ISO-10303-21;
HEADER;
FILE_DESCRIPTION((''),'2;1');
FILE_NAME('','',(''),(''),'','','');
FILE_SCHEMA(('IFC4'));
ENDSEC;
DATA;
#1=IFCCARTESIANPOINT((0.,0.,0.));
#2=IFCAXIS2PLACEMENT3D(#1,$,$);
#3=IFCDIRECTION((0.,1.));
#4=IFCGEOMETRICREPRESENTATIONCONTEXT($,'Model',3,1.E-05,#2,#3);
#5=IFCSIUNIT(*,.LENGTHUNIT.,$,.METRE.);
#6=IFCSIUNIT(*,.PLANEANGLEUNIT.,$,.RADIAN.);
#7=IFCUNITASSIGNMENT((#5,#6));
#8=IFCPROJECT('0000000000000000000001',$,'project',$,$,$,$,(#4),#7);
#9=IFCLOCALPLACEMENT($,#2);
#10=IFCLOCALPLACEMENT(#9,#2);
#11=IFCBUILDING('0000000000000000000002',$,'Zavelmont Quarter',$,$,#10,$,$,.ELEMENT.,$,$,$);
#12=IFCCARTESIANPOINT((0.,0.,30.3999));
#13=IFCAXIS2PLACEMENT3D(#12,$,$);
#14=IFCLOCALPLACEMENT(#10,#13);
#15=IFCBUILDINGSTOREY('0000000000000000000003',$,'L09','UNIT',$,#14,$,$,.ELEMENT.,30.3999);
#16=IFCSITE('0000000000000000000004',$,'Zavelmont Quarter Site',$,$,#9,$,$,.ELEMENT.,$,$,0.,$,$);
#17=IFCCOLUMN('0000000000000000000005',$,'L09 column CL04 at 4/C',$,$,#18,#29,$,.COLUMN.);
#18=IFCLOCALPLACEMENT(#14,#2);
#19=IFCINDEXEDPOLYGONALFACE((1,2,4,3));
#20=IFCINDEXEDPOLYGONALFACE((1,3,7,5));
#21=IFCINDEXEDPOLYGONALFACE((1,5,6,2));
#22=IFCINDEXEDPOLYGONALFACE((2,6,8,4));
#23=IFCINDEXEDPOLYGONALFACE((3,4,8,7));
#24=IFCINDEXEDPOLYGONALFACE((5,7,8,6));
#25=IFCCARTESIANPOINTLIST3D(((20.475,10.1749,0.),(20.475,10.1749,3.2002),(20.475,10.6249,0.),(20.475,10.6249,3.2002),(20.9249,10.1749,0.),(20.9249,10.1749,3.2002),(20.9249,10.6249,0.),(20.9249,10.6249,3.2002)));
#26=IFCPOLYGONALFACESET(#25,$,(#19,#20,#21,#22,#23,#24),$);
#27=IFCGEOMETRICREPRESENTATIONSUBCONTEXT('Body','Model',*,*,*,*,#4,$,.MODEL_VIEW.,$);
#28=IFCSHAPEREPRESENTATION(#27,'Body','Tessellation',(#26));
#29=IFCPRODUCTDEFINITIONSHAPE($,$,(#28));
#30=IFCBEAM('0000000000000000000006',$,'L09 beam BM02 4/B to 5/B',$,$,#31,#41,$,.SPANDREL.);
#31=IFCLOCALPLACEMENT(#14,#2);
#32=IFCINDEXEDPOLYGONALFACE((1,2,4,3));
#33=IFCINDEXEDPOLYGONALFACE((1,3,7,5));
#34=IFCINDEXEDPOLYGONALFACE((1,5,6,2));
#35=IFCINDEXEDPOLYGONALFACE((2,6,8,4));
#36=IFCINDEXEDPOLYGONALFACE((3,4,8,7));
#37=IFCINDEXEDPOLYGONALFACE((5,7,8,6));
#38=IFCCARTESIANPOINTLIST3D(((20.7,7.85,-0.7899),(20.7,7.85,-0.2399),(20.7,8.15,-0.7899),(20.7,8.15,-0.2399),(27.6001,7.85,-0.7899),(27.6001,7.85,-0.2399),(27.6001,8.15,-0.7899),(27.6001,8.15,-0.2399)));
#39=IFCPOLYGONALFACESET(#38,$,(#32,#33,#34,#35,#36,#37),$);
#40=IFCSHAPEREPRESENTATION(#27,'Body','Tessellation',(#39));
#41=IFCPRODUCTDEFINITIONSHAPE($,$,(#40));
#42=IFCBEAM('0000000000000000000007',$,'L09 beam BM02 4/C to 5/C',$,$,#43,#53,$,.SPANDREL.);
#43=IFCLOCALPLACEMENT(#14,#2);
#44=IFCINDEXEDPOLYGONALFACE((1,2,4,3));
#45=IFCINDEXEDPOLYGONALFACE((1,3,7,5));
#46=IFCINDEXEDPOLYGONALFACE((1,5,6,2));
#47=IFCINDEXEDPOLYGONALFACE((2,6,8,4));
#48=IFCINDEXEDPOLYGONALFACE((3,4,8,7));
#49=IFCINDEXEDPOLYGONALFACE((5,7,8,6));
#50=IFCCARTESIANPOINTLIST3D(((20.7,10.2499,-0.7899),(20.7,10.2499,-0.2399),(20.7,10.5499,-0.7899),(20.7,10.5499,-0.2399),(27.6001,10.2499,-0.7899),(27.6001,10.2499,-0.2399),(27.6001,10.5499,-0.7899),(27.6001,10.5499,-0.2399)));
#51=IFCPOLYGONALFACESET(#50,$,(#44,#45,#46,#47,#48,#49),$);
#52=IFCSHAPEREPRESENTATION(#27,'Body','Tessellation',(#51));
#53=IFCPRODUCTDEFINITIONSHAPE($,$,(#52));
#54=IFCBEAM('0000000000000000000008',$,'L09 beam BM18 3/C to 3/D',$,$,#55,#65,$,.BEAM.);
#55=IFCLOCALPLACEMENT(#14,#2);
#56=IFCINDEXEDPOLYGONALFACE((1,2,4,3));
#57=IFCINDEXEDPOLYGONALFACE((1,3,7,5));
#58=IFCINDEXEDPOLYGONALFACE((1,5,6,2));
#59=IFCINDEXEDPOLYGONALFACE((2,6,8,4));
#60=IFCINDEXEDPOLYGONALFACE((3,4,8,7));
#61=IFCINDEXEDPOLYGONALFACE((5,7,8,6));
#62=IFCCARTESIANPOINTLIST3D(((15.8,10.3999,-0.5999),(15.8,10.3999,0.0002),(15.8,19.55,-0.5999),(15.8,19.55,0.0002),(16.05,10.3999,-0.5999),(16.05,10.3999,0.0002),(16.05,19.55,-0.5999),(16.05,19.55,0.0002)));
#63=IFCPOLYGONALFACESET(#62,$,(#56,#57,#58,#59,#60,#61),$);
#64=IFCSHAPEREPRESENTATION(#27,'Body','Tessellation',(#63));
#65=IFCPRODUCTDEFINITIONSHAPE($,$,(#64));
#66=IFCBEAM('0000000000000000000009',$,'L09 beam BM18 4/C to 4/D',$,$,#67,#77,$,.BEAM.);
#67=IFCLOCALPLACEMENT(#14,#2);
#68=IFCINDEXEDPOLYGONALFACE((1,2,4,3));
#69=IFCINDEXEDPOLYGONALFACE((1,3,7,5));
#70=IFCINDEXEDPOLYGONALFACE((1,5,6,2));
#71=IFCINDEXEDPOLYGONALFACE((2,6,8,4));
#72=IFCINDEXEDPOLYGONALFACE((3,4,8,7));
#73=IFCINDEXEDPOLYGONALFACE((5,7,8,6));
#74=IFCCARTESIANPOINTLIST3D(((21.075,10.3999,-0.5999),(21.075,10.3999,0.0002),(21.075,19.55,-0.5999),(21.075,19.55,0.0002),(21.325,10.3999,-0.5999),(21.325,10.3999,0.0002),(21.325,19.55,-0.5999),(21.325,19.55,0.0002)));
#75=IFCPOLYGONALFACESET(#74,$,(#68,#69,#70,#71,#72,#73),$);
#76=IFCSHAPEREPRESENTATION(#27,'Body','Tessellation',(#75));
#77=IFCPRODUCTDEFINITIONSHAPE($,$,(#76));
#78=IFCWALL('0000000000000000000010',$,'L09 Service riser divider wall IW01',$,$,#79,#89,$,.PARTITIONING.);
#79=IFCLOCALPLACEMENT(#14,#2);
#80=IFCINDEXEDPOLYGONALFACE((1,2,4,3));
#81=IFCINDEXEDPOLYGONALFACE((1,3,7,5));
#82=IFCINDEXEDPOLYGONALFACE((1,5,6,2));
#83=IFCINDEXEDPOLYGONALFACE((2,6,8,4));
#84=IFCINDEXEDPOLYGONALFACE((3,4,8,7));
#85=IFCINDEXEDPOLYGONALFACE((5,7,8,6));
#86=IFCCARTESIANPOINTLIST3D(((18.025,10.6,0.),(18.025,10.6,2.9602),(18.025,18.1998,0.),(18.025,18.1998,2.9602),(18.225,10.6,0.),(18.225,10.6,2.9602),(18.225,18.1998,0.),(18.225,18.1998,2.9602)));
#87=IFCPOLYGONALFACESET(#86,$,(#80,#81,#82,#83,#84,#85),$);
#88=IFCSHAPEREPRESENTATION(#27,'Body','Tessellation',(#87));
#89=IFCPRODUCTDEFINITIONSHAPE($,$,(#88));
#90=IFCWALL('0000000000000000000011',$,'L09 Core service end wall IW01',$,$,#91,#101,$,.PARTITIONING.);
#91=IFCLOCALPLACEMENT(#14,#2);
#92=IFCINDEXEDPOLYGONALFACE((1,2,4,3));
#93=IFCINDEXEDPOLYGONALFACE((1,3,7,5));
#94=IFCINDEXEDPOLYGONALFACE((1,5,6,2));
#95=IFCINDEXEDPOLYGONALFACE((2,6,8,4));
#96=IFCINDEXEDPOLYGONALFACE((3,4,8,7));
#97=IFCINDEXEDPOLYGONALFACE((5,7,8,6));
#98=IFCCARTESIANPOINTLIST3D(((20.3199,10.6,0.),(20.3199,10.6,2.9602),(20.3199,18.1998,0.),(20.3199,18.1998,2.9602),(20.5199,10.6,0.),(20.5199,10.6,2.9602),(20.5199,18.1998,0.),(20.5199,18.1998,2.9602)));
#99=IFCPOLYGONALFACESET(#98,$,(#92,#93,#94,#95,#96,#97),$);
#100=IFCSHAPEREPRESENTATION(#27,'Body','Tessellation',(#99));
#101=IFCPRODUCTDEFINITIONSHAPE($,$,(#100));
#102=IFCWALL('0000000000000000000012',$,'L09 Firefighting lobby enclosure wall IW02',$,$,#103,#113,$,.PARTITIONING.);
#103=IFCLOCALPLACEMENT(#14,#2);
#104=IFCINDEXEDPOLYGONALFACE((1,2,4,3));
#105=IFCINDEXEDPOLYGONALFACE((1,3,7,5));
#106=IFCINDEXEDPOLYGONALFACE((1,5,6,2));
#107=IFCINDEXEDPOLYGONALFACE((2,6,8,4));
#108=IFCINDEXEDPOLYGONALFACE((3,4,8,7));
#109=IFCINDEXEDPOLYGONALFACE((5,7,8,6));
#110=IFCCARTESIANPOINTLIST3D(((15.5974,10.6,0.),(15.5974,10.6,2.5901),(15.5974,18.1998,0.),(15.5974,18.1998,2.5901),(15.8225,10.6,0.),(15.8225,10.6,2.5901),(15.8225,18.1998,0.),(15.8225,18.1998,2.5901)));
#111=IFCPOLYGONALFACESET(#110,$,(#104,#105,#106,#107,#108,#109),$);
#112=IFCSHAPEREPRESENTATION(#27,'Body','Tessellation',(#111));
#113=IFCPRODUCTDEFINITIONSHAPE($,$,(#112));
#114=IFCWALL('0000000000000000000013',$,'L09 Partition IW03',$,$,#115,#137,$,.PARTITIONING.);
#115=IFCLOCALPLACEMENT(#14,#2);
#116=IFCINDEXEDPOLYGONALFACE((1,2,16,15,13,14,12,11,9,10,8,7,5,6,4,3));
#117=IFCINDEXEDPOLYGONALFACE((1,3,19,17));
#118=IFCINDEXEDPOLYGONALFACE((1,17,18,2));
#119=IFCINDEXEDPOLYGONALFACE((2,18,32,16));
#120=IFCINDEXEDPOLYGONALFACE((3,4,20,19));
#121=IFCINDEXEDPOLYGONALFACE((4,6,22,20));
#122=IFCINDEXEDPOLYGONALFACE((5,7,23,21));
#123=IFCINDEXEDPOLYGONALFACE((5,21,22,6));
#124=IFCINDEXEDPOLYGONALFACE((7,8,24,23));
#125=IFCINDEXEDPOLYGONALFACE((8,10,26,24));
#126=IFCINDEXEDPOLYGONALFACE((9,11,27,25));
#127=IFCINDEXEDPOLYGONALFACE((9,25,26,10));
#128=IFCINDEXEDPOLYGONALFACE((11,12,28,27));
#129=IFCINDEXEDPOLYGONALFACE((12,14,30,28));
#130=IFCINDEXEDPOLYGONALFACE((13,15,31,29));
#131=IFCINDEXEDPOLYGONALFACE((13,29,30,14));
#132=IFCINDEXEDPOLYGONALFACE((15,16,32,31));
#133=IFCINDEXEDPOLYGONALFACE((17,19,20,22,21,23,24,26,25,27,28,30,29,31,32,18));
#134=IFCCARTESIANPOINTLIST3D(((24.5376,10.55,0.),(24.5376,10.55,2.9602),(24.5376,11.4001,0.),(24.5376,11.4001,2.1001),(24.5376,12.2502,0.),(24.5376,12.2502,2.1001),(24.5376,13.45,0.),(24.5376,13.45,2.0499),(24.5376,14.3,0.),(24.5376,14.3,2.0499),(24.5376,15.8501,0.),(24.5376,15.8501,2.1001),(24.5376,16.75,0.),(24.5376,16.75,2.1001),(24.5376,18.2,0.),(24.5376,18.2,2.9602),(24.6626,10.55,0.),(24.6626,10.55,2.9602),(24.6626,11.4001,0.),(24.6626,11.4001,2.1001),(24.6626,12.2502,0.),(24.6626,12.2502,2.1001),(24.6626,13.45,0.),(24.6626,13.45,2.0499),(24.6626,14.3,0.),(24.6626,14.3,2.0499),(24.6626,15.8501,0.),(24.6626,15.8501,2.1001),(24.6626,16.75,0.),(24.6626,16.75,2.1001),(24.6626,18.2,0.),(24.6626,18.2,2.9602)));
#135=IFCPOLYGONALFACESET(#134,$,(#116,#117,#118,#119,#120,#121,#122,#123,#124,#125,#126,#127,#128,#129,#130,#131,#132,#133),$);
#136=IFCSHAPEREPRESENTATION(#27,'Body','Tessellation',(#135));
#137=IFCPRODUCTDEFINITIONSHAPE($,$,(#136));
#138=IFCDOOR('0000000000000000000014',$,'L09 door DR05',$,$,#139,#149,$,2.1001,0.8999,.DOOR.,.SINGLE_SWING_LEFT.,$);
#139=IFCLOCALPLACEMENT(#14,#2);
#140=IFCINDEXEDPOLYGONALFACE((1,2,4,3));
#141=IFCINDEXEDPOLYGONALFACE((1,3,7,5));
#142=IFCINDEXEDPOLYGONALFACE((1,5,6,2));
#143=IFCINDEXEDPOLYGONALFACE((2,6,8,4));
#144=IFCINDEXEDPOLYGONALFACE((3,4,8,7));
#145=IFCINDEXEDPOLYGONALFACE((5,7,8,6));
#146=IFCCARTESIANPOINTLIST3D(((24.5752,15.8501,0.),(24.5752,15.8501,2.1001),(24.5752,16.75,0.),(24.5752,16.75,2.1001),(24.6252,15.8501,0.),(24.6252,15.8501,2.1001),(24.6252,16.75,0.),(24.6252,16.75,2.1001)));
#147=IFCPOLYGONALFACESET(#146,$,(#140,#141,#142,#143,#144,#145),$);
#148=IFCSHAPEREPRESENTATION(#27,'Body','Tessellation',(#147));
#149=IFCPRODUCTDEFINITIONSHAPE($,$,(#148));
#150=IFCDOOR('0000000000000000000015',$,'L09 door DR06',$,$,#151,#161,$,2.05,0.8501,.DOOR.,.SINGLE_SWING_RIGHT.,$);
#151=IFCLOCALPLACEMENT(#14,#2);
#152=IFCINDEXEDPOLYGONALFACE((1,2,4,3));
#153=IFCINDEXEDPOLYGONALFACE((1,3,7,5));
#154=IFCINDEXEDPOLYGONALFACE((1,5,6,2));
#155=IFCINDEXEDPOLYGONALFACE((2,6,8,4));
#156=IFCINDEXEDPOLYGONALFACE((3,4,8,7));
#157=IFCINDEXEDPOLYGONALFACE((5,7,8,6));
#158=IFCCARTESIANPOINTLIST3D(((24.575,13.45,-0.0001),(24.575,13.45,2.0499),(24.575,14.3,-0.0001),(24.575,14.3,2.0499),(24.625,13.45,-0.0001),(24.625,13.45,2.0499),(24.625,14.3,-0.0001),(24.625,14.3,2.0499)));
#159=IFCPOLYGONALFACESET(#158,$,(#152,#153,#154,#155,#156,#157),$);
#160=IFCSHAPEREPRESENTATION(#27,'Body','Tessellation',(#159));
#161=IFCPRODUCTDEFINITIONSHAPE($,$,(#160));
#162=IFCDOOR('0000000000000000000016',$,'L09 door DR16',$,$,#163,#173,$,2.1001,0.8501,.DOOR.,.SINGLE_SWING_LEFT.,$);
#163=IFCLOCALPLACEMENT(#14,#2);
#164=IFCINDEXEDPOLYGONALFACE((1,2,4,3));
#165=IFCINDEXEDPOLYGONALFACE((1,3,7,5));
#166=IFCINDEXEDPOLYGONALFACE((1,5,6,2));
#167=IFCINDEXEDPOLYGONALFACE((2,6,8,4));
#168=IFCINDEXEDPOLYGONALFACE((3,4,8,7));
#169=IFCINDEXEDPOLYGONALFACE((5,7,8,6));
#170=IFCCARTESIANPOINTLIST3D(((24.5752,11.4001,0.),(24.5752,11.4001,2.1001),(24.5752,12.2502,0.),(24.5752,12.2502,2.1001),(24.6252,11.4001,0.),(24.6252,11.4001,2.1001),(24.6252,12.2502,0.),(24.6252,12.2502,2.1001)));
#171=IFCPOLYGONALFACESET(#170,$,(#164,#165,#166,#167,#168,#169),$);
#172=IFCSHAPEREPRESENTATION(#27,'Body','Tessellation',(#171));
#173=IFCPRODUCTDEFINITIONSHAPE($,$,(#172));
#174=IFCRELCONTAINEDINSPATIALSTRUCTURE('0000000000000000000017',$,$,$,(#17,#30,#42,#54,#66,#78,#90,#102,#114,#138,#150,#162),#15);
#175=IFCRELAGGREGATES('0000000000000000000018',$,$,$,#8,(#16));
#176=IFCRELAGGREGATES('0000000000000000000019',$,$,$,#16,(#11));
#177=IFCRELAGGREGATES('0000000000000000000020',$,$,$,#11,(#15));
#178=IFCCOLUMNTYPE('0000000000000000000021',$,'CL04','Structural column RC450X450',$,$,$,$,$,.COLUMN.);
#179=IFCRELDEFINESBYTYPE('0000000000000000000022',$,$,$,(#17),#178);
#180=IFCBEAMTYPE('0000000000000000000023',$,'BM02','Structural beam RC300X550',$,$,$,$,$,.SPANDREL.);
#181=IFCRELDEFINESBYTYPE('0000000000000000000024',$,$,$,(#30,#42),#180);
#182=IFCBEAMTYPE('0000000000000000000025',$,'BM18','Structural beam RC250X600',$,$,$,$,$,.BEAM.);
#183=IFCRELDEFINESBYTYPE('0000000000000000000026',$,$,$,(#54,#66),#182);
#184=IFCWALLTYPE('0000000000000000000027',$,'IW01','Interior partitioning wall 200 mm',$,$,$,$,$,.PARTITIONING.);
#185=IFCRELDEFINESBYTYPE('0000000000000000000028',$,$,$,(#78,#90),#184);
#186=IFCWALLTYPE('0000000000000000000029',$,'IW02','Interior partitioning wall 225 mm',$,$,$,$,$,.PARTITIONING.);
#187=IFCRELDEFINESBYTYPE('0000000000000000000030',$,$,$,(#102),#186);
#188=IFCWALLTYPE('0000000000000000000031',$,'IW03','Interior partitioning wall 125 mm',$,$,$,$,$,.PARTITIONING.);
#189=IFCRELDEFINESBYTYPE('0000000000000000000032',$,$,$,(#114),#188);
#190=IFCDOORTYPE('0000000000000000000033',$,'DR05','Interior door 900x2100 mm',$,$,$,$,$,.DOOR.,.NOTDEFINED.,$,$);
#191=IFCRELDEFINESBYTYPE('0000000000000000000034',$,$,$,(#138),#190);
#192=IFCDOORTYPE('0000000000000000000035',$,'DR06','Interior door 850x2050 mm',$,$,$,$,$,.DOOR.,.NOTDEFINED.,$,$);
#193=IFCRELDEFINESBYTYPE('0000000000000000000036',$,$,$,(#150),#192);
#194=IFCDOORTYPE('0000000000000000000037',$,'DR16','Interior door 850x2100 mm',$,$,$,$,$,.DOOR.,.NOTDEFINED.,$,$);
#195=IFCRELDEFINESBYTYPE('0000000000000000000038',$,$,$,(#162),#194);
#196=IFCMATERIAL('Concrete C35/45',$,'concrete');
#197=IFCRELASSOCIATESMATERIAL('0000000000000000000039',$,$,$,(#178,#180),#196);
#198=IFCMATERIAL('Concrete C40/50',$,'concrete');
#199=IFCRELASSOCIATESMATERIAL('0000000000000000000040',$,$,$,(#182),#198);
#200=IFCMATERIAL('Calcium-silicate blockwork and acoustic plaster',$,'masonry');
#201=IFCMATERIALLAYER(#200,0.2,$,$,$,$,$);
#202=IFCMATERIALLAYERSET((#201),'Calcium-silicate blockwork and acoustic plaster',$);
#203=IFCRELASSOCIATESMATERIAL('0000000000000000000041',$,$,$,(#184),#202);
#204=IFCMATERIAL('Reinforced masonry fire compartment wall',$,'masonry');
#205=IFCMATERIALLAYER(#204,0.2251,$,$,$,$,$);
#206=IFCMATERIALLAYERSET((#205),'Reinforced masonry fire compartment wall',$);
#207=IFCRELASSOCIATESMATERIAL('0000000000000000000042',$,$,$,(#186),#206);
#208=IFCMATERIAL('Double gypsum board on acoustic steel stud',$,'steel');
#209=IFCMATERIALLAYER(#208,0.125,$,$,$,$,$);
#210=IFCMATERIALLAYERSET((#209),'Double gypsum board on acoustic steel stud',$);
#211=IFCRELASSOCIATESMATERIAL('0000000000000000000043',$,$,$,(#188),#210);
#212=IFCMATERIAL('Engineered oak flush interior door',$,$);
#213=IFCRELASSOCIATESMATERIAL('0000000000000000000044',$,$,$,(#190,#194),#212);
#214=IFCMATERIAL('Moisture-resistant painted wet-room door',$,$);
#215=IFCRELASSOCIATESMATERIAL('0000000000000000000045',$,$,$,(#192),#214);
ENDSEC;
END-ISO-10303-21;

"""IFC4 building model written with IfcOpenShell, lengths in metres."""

from ifc_helpers import new_model, si_unit, direction, frame, frame_2d, origin, origin_with_axes, origin_2d, place, context, subcontext, project, spatial, rectangle, extrude, material, layer, layer_set, material_profile, profile_set, type_object, element, fill, save


model = new_model("IFC4")

# Units and contexts
model_context = context("Model", 3, precision=1e-05, world=origin(), true_north=direction((0.0, 1.0)))
body_context = subcontext(model_context, "Body", "Model", "MODEL_VIEW")
ifc_project = project(units=[si_unit("LENGTHUNIT", "METRE"), si_unit("PLANEANGLEUNIT", "RADIAN")], contexts=[model_context])

# Site, building, storey
site_placement = place(None, origin())
site = spatial("IfcSite", under=ifc_project, at=site_placement, Name="Zavelmont Quarter Site", CompositionType="ELEMENT", RefElevation=0.0)
building_placement = place(site_placement, origin())
building = spatial("IfcBuilding", under=site, at=building_placement, Name="Zavelmont Quarter", CompositionType="ELEMENT")
storey_placement = place(building_placement, frame((0.0, 0.0, 30.3999)))
storey = spatial("IfcBuildingStorey", under=building, at=storey_placement, Name="L09", Description="UNIT", CompositionType="ELEMENT", Elevation=30.3999)

# Column
ifc_material_1 = material(Name="Concrete C35/45", Category="concrete")
ifc_material_profile_1 = material_profile(ifc_material_1, rectangle(XDim=0.45, YDim=0.45, at=origin_2d()), Name="RC450X450")
ifc_profile_set_1 = profile_set([ifc_material_profile_1], Name="Concrete C35/45")
column_type = type_object("IfcColumnType", Name="CL04", Description="Structural column RC450X450", PredefinedType="COLUMN", material=ifc_profile_set_1)
column_placement = place(storey_placement, frame((20.7, 10.3999, 0.0), z_axis=(0.0, 0.0, 1.0), x_axis=(1.0, 0.0, 0.0)))
element("IfcColumn", 1, at=column_placement, inside=storey, type_object=column_type, Name="L09 column CL04 at 4/C", PredefinedType="COLUMN", context=body_context, shape_type="SweptSolid", body=[
    extrude(rectangle(XDim=0.45, YDim=0.45, at=origin_2d()), origin(), (0.0, 0.0, 1.0), 3.2002),
])

# Beams
ifc_material_profile_2 = material_profile(ifc_material_1, rectangle(XDim=0.3, YDim=0.55, at=origin_2d()), Name="RC300X550")
ifc_profile_set_2 = profile_set([ifc_material_profile_2], Name="Concrete C35/45")
beam_type_1 = type_object("IfcBeamType", Name="BM02", Description="Structural beam RC300X550", PredefinedType="SPANDREL", material=ifc_profile_set_2)
for number, where, z_axis, x_axis, name in (
    (2, (20.7, 8.0, -0.5149), (1.0, 0.0, 0.0), (0.0, 1.0, 0.0), "L09 beam BM02 4/B to 5/B"),
    (3, (20.7, 10.3999, -0.5149), (1.0, 0.0, 0.0), (0.0, 1.0, 0.0), "L09 beam BM02 4/C to 5/C"),
):
    element("IfcBeam", number, at=place(storey_placement, frame(where, z_axis=z_axis, x_axis=x_axis)), inside=storey, type_object=beam_type_1, Name=name, PredefinedType="SPANDREL", context=body_context, shape_type="SweptSolid", body=[
        extrude(rectangle(XDim=0.3, YDim=0.55, at=origin_2d()), origin(), (0.0, 0.0, 1.0), 6.9001),
    ])
ifc_material_2 = material(Name="Concrete C40/50", Category="concrete")
ifc_material_profile_3 = material_profile(ifc_material_2, rectangle(XDim=0.25, YDim=0.6001, at=origin_2d()), Name="RC250X600")
ifc_profile_set_3 = profile_set([ifc_material_profile_3], Name="Concrete C40/50")
beam_type_2 = type_object("IfcBeamType", Name="BM18", Description="Structural beam RC250X600", PredefinedType="BEAM", material=ifc_profile_set_3)
for number, where, z_axis, x_axis, name in (
    (4, (15.925, 10.3999, -0.2998), (0.0, 1.0, 0.0), (-1.0, 0.0, 0.0), "L09 beam BM18 3/C to 3/D"),
    (5, (21.2, 10.3999, -0.2998), (0.0, 1.0, 0.0), (-1.0, 0.0, 0.0), "L09 beam BM18 4/C to 4/D"),
):
    element("IfcBeam", number, at=place(storey_placement, frame(where, z_axis=z_axis, x_axis=x_axis)), inside=storey, type_object=beam_type_2, Name=name, PredefinedType="BEAM", context=body_context, shape_type="SweptSolid", body=[
        extrude(rectangle(XDim=0.25, YDim=0.6001, at=origin_2d()), origin(), (0.0, 0.0, 1.0), 9.1501),
    ])

# Walls
ifc_material_3 = material(Name="Calcium-silicate blockwork and acoustic plaster", Category="masonry")
ifc_layer_1 = layer(ifc_material_3, 0.2)
ifc_layer_set_1 = layer_set([ifc_layer_1], Name="Calcium-silicate blockwork and acoustic plaster")
wall_type_1 = type_object("IfcWallType", Name="IW01", Description="Interior partitioning wall 200 mm", PredefinedType="PARTITIONING", material=ifc_layer_set_1)
for number, where, z_axis, x_axis, name in (
    (6, (18.125, 10.6001, 0.0), (0.0, 0.0, 1.0), (0.0, 1.0, 0.0), "L09 Service riser divider wall IW01"),
    (7, (20.4199, 10.6001, 0.0), (0.0, 0.0, 1.0), (0.0, 1.0, 0.0), "L09 Core service end wall IW01"),
):
    element("IfcWall", number, at=place(storey_placement, frame(where, z_axis=z_axis, x_axis=x_axis)), inside=storey, type_object=wall_type_1, Name=name, PredefinedType="PARTITIONING", context=body_context, shape_type="SweptSolid", body=[
        extrude(rectangle(XDim=7.5999, YDim=0.2, at=frame_2d((3.7998, 0.0))), origin(), (0.0, 0.0, 1.0), 2.9602),
    ])

# Wall
ifc_material_4 = material(Name="Reinforced masonry fire compartment wall", Category="masonry")
ifc_layer_2 = layer(ifc_material_4, 0.2251)
ifc_layer_set_2 = layer_set([ifc_layer_2], Name="Reinforced masonry fire compartment wall")
wall_type_2 = type_object("IfcWallType", Name="IW02", Description="Interior partitioning wall 225 mm", PredefinedType="PARTITIONING", material=ifc_layer_set_2)
wall_1_placement = place(storey_placement, frame((15.71, 10.6001, 0.0), z_axis=(0.0, 0.0, 1.0), x_axis=(0.0, 1.0, 0.0)))
element("IfcWall", 8, at=wall_1_placement, inside=storey, type_object=wall_type_2, Name="L09 Firefighting lobby enclosure wall IW02", PredefinedType="PARTITIONING", context=body_context, shape_type="SweptSolid", body=[
    extrude(rectangle(XDim=7.5999, YDim=0.2251, at=frame_2d((3.7998, 0.0))), origin(), (0.0, 0.0, 1.0), 2.5901),
])

# Wall, openings, doors
ifc_material_5 = material(Name="Double gypsum board on acoustic steel stud", Category="steel")
ifc_layer_3 = layer(ifc_material_5, 0.125)
ifc_layer_set_3 = layer_set([ifc_layer_3], Name="Double gypsum board on acoustic steel stud")
wall_type_3 = type_object("IfcWallType", Name="IW03", Description="Interior partitioning wall 125 mm", PredefinedType="PARTITIONING", material=ifc_layer_set_3)
wall_2_placement = place(storey_placement, frame((24.6001, 10.55, 0.0), z_axis=(0.0, 0.0, 1.0), x_axis=(0.0, 1.0, 0.0)))
wall_2 = element("IfcWall", 9, at=wall_2_placement, inside=storey, type_object=wall_type_3, Name="L09 Partition IW03", PredefinedType="PARTITIONING", context=body_context, shape_type="SweptSolid", body=[
    extrude(rectangle(XDim=7.6499, YDim=0.125, at=frame_2d((3.825, 0.0))), origin(), (0.0, 0.0, 1.0), 2.9602),
])
opening_1_placement = place(wall_2_placement, frame((0.8501, 0.0, 0.0)))
opening_1 = element("IfcOpeningElement", 10, at=opening_1_placement, cuts=wall_2, PredefinedType="OPENING", context=body_context, shape_type="SweptSolid", body=[
    extrude(rectangle(XDim=0.8501, YDim=2.1001, at=frame_2d((0.425, 1.05))), frame((0.0, 0.0745, 0.0), z_axis=(0.0, -1.0, 0.0), x_axis=(1.0, 0.0, 0.0)), (0.0, 0.0, 1.0), 0.1489),
])
opening_2_placement = place(wall_2_placement, frame((2.8999, 0.0, 0.0)))
opening_2 = element("IfcOpeningElement", 11, at=opening_2_placement, cuts=wall_2, PredefinedType="OPENING", context=body_context, shape_type="SweptSolid", body=[
    extrude(rectangle(XDim=0.8501, YDim=2.05, at=frame_2d((0.425, 1.0249))), frame((0.0, 0.0745, 0.0), z_axis=(0.0, -1.0, 0.0), x_axis=(1.0, 0.0, 0.0)), (0.0, 0.0, 1.0), 0.1489),
])
opening_3_placement = place(wall_2_placement, frame((5.3, 0.0, 0.0)))
opening_3 = element("IfcOpeningElement", 12, at=opening_3_placement, cuts=wall_2, PredefinedType="OPENING", context=body_context, shape_type="SweptSolid", body=[
    extrude(rectangle(XDim=0.8999, YDim=2.1001, at=frame_2d((0.45, 1.05))), frame((0.0, 0.0745, 0.0), z_axis=(0.0, -1.0, 0.0), x_axis=(1.0, 0.0, 0.0)), (0.0, 0.0, 1.0), 0.1489),
])
ifc_material_6 = material(Name="Engineered oak flush interior door")
door_type_1 = type_object("IfcDoorType", Name="DR05", Description="Interior door 900x2100 mm", OperationType="NOTDEFINED", PredefinedType="DOOR", material=ifc_material_6)
door_1_placement = place(opening_3_placement, origin_with_axes())
door_1 = element("IfcDoor", 13, at=door_1_placement, inside=storey, type_object=door_type_1, Name="L09 door DR05", OperationType="SINGLE_SWING_LEFT", OverallHeight=2.1001, OverallWidth=0.8999, PredefinedType="DOOR", context=body_context, shape_type="SweptSolid", body=[
    extrude(rectangle(XDim=0.8999, YDim=2.1001, at=frame_2d((0.45, 1.05))), frame((0.0, 0.0249, 0.0), z_axis=(0.0, -1.0, 0.0), x_axis=(1.0, 0.0, 0.0)), (0.0, 0.0, 1.0), 0.05),
])
fill(opening_3, door_1)
ifc_material_7 = material(Name="Moisture-resistant painted wet-room door")
door_type_2 = type_object("IfcDoorType", Name="DR06", Description="Interior door 850x2050 mm", OperationType="NOTDEFINED", PredefinedType="DOOR", material=ifc_material_7)
door_2_placement = place(opening_2_placement, frame((0.8501, 0.0, 0.0), z_axis=(0.0, 0.0, 1.0), x_axis=(-1.0, 0.0, 0.0)))
door_2 = element("IfcDoor", 14, at=door_2_placement, inside=storey, type_object=door_type_2, Name="L09 door DR06", OperationType="SINGLE_SWING_RIGHT", OverallHeight=2.05, OverallWidth=0.8501, PredefinedType="DOOR", context=body_context, shape_type="SweptSolid", body=[
    extrude(rectangle(XDim=0.8501, YDim=2.05, at=frame_2d((0.425, 1.0249))), frame((0.0, 0.0249, 0.0), z_axis=(0.0, -1.0, 0.0), x_axis=(1.0, 0.0, 0.0)), (0.0, 0.0, 1.0), 0.05),
])
fill(opening_2, door_2)
door_type_3 = type_object("IfcDoorType", Name="DR16", Description="Interior door 850x2100 mm", OperationType="NOTDEFINED", PredefinedType="DOOR", material=ifc_material_6)
door_3_placement = place(opening_1_placement, origin_with_axes())
door_3 = element("IfcDoor", 15, at=door_3_placement, inside=storey, type_object=door_type_3, Name="L09 door DR16", OperationType="SINGLE_SWING_LEFT", OverallHeight=2.1001, OverallWidth=0.8501, PredefinedType="DOOR", context=body_context, shape_type="SweptSolid", body=[
    extrude(rectangle(XDim=0.8501, YDim=2.1001, at=frame_2d((0.425, 1.05))), frame((0.0, 0.0249, 0.0), z_axis=(0.0, -1.0, 0.0), x_axis=(1.0, 0.0, 0.0)), (0.0, 0.0, 1.0), 0.05),
])
fill(opening_1, door_3)

save(model, "model.ifc")
